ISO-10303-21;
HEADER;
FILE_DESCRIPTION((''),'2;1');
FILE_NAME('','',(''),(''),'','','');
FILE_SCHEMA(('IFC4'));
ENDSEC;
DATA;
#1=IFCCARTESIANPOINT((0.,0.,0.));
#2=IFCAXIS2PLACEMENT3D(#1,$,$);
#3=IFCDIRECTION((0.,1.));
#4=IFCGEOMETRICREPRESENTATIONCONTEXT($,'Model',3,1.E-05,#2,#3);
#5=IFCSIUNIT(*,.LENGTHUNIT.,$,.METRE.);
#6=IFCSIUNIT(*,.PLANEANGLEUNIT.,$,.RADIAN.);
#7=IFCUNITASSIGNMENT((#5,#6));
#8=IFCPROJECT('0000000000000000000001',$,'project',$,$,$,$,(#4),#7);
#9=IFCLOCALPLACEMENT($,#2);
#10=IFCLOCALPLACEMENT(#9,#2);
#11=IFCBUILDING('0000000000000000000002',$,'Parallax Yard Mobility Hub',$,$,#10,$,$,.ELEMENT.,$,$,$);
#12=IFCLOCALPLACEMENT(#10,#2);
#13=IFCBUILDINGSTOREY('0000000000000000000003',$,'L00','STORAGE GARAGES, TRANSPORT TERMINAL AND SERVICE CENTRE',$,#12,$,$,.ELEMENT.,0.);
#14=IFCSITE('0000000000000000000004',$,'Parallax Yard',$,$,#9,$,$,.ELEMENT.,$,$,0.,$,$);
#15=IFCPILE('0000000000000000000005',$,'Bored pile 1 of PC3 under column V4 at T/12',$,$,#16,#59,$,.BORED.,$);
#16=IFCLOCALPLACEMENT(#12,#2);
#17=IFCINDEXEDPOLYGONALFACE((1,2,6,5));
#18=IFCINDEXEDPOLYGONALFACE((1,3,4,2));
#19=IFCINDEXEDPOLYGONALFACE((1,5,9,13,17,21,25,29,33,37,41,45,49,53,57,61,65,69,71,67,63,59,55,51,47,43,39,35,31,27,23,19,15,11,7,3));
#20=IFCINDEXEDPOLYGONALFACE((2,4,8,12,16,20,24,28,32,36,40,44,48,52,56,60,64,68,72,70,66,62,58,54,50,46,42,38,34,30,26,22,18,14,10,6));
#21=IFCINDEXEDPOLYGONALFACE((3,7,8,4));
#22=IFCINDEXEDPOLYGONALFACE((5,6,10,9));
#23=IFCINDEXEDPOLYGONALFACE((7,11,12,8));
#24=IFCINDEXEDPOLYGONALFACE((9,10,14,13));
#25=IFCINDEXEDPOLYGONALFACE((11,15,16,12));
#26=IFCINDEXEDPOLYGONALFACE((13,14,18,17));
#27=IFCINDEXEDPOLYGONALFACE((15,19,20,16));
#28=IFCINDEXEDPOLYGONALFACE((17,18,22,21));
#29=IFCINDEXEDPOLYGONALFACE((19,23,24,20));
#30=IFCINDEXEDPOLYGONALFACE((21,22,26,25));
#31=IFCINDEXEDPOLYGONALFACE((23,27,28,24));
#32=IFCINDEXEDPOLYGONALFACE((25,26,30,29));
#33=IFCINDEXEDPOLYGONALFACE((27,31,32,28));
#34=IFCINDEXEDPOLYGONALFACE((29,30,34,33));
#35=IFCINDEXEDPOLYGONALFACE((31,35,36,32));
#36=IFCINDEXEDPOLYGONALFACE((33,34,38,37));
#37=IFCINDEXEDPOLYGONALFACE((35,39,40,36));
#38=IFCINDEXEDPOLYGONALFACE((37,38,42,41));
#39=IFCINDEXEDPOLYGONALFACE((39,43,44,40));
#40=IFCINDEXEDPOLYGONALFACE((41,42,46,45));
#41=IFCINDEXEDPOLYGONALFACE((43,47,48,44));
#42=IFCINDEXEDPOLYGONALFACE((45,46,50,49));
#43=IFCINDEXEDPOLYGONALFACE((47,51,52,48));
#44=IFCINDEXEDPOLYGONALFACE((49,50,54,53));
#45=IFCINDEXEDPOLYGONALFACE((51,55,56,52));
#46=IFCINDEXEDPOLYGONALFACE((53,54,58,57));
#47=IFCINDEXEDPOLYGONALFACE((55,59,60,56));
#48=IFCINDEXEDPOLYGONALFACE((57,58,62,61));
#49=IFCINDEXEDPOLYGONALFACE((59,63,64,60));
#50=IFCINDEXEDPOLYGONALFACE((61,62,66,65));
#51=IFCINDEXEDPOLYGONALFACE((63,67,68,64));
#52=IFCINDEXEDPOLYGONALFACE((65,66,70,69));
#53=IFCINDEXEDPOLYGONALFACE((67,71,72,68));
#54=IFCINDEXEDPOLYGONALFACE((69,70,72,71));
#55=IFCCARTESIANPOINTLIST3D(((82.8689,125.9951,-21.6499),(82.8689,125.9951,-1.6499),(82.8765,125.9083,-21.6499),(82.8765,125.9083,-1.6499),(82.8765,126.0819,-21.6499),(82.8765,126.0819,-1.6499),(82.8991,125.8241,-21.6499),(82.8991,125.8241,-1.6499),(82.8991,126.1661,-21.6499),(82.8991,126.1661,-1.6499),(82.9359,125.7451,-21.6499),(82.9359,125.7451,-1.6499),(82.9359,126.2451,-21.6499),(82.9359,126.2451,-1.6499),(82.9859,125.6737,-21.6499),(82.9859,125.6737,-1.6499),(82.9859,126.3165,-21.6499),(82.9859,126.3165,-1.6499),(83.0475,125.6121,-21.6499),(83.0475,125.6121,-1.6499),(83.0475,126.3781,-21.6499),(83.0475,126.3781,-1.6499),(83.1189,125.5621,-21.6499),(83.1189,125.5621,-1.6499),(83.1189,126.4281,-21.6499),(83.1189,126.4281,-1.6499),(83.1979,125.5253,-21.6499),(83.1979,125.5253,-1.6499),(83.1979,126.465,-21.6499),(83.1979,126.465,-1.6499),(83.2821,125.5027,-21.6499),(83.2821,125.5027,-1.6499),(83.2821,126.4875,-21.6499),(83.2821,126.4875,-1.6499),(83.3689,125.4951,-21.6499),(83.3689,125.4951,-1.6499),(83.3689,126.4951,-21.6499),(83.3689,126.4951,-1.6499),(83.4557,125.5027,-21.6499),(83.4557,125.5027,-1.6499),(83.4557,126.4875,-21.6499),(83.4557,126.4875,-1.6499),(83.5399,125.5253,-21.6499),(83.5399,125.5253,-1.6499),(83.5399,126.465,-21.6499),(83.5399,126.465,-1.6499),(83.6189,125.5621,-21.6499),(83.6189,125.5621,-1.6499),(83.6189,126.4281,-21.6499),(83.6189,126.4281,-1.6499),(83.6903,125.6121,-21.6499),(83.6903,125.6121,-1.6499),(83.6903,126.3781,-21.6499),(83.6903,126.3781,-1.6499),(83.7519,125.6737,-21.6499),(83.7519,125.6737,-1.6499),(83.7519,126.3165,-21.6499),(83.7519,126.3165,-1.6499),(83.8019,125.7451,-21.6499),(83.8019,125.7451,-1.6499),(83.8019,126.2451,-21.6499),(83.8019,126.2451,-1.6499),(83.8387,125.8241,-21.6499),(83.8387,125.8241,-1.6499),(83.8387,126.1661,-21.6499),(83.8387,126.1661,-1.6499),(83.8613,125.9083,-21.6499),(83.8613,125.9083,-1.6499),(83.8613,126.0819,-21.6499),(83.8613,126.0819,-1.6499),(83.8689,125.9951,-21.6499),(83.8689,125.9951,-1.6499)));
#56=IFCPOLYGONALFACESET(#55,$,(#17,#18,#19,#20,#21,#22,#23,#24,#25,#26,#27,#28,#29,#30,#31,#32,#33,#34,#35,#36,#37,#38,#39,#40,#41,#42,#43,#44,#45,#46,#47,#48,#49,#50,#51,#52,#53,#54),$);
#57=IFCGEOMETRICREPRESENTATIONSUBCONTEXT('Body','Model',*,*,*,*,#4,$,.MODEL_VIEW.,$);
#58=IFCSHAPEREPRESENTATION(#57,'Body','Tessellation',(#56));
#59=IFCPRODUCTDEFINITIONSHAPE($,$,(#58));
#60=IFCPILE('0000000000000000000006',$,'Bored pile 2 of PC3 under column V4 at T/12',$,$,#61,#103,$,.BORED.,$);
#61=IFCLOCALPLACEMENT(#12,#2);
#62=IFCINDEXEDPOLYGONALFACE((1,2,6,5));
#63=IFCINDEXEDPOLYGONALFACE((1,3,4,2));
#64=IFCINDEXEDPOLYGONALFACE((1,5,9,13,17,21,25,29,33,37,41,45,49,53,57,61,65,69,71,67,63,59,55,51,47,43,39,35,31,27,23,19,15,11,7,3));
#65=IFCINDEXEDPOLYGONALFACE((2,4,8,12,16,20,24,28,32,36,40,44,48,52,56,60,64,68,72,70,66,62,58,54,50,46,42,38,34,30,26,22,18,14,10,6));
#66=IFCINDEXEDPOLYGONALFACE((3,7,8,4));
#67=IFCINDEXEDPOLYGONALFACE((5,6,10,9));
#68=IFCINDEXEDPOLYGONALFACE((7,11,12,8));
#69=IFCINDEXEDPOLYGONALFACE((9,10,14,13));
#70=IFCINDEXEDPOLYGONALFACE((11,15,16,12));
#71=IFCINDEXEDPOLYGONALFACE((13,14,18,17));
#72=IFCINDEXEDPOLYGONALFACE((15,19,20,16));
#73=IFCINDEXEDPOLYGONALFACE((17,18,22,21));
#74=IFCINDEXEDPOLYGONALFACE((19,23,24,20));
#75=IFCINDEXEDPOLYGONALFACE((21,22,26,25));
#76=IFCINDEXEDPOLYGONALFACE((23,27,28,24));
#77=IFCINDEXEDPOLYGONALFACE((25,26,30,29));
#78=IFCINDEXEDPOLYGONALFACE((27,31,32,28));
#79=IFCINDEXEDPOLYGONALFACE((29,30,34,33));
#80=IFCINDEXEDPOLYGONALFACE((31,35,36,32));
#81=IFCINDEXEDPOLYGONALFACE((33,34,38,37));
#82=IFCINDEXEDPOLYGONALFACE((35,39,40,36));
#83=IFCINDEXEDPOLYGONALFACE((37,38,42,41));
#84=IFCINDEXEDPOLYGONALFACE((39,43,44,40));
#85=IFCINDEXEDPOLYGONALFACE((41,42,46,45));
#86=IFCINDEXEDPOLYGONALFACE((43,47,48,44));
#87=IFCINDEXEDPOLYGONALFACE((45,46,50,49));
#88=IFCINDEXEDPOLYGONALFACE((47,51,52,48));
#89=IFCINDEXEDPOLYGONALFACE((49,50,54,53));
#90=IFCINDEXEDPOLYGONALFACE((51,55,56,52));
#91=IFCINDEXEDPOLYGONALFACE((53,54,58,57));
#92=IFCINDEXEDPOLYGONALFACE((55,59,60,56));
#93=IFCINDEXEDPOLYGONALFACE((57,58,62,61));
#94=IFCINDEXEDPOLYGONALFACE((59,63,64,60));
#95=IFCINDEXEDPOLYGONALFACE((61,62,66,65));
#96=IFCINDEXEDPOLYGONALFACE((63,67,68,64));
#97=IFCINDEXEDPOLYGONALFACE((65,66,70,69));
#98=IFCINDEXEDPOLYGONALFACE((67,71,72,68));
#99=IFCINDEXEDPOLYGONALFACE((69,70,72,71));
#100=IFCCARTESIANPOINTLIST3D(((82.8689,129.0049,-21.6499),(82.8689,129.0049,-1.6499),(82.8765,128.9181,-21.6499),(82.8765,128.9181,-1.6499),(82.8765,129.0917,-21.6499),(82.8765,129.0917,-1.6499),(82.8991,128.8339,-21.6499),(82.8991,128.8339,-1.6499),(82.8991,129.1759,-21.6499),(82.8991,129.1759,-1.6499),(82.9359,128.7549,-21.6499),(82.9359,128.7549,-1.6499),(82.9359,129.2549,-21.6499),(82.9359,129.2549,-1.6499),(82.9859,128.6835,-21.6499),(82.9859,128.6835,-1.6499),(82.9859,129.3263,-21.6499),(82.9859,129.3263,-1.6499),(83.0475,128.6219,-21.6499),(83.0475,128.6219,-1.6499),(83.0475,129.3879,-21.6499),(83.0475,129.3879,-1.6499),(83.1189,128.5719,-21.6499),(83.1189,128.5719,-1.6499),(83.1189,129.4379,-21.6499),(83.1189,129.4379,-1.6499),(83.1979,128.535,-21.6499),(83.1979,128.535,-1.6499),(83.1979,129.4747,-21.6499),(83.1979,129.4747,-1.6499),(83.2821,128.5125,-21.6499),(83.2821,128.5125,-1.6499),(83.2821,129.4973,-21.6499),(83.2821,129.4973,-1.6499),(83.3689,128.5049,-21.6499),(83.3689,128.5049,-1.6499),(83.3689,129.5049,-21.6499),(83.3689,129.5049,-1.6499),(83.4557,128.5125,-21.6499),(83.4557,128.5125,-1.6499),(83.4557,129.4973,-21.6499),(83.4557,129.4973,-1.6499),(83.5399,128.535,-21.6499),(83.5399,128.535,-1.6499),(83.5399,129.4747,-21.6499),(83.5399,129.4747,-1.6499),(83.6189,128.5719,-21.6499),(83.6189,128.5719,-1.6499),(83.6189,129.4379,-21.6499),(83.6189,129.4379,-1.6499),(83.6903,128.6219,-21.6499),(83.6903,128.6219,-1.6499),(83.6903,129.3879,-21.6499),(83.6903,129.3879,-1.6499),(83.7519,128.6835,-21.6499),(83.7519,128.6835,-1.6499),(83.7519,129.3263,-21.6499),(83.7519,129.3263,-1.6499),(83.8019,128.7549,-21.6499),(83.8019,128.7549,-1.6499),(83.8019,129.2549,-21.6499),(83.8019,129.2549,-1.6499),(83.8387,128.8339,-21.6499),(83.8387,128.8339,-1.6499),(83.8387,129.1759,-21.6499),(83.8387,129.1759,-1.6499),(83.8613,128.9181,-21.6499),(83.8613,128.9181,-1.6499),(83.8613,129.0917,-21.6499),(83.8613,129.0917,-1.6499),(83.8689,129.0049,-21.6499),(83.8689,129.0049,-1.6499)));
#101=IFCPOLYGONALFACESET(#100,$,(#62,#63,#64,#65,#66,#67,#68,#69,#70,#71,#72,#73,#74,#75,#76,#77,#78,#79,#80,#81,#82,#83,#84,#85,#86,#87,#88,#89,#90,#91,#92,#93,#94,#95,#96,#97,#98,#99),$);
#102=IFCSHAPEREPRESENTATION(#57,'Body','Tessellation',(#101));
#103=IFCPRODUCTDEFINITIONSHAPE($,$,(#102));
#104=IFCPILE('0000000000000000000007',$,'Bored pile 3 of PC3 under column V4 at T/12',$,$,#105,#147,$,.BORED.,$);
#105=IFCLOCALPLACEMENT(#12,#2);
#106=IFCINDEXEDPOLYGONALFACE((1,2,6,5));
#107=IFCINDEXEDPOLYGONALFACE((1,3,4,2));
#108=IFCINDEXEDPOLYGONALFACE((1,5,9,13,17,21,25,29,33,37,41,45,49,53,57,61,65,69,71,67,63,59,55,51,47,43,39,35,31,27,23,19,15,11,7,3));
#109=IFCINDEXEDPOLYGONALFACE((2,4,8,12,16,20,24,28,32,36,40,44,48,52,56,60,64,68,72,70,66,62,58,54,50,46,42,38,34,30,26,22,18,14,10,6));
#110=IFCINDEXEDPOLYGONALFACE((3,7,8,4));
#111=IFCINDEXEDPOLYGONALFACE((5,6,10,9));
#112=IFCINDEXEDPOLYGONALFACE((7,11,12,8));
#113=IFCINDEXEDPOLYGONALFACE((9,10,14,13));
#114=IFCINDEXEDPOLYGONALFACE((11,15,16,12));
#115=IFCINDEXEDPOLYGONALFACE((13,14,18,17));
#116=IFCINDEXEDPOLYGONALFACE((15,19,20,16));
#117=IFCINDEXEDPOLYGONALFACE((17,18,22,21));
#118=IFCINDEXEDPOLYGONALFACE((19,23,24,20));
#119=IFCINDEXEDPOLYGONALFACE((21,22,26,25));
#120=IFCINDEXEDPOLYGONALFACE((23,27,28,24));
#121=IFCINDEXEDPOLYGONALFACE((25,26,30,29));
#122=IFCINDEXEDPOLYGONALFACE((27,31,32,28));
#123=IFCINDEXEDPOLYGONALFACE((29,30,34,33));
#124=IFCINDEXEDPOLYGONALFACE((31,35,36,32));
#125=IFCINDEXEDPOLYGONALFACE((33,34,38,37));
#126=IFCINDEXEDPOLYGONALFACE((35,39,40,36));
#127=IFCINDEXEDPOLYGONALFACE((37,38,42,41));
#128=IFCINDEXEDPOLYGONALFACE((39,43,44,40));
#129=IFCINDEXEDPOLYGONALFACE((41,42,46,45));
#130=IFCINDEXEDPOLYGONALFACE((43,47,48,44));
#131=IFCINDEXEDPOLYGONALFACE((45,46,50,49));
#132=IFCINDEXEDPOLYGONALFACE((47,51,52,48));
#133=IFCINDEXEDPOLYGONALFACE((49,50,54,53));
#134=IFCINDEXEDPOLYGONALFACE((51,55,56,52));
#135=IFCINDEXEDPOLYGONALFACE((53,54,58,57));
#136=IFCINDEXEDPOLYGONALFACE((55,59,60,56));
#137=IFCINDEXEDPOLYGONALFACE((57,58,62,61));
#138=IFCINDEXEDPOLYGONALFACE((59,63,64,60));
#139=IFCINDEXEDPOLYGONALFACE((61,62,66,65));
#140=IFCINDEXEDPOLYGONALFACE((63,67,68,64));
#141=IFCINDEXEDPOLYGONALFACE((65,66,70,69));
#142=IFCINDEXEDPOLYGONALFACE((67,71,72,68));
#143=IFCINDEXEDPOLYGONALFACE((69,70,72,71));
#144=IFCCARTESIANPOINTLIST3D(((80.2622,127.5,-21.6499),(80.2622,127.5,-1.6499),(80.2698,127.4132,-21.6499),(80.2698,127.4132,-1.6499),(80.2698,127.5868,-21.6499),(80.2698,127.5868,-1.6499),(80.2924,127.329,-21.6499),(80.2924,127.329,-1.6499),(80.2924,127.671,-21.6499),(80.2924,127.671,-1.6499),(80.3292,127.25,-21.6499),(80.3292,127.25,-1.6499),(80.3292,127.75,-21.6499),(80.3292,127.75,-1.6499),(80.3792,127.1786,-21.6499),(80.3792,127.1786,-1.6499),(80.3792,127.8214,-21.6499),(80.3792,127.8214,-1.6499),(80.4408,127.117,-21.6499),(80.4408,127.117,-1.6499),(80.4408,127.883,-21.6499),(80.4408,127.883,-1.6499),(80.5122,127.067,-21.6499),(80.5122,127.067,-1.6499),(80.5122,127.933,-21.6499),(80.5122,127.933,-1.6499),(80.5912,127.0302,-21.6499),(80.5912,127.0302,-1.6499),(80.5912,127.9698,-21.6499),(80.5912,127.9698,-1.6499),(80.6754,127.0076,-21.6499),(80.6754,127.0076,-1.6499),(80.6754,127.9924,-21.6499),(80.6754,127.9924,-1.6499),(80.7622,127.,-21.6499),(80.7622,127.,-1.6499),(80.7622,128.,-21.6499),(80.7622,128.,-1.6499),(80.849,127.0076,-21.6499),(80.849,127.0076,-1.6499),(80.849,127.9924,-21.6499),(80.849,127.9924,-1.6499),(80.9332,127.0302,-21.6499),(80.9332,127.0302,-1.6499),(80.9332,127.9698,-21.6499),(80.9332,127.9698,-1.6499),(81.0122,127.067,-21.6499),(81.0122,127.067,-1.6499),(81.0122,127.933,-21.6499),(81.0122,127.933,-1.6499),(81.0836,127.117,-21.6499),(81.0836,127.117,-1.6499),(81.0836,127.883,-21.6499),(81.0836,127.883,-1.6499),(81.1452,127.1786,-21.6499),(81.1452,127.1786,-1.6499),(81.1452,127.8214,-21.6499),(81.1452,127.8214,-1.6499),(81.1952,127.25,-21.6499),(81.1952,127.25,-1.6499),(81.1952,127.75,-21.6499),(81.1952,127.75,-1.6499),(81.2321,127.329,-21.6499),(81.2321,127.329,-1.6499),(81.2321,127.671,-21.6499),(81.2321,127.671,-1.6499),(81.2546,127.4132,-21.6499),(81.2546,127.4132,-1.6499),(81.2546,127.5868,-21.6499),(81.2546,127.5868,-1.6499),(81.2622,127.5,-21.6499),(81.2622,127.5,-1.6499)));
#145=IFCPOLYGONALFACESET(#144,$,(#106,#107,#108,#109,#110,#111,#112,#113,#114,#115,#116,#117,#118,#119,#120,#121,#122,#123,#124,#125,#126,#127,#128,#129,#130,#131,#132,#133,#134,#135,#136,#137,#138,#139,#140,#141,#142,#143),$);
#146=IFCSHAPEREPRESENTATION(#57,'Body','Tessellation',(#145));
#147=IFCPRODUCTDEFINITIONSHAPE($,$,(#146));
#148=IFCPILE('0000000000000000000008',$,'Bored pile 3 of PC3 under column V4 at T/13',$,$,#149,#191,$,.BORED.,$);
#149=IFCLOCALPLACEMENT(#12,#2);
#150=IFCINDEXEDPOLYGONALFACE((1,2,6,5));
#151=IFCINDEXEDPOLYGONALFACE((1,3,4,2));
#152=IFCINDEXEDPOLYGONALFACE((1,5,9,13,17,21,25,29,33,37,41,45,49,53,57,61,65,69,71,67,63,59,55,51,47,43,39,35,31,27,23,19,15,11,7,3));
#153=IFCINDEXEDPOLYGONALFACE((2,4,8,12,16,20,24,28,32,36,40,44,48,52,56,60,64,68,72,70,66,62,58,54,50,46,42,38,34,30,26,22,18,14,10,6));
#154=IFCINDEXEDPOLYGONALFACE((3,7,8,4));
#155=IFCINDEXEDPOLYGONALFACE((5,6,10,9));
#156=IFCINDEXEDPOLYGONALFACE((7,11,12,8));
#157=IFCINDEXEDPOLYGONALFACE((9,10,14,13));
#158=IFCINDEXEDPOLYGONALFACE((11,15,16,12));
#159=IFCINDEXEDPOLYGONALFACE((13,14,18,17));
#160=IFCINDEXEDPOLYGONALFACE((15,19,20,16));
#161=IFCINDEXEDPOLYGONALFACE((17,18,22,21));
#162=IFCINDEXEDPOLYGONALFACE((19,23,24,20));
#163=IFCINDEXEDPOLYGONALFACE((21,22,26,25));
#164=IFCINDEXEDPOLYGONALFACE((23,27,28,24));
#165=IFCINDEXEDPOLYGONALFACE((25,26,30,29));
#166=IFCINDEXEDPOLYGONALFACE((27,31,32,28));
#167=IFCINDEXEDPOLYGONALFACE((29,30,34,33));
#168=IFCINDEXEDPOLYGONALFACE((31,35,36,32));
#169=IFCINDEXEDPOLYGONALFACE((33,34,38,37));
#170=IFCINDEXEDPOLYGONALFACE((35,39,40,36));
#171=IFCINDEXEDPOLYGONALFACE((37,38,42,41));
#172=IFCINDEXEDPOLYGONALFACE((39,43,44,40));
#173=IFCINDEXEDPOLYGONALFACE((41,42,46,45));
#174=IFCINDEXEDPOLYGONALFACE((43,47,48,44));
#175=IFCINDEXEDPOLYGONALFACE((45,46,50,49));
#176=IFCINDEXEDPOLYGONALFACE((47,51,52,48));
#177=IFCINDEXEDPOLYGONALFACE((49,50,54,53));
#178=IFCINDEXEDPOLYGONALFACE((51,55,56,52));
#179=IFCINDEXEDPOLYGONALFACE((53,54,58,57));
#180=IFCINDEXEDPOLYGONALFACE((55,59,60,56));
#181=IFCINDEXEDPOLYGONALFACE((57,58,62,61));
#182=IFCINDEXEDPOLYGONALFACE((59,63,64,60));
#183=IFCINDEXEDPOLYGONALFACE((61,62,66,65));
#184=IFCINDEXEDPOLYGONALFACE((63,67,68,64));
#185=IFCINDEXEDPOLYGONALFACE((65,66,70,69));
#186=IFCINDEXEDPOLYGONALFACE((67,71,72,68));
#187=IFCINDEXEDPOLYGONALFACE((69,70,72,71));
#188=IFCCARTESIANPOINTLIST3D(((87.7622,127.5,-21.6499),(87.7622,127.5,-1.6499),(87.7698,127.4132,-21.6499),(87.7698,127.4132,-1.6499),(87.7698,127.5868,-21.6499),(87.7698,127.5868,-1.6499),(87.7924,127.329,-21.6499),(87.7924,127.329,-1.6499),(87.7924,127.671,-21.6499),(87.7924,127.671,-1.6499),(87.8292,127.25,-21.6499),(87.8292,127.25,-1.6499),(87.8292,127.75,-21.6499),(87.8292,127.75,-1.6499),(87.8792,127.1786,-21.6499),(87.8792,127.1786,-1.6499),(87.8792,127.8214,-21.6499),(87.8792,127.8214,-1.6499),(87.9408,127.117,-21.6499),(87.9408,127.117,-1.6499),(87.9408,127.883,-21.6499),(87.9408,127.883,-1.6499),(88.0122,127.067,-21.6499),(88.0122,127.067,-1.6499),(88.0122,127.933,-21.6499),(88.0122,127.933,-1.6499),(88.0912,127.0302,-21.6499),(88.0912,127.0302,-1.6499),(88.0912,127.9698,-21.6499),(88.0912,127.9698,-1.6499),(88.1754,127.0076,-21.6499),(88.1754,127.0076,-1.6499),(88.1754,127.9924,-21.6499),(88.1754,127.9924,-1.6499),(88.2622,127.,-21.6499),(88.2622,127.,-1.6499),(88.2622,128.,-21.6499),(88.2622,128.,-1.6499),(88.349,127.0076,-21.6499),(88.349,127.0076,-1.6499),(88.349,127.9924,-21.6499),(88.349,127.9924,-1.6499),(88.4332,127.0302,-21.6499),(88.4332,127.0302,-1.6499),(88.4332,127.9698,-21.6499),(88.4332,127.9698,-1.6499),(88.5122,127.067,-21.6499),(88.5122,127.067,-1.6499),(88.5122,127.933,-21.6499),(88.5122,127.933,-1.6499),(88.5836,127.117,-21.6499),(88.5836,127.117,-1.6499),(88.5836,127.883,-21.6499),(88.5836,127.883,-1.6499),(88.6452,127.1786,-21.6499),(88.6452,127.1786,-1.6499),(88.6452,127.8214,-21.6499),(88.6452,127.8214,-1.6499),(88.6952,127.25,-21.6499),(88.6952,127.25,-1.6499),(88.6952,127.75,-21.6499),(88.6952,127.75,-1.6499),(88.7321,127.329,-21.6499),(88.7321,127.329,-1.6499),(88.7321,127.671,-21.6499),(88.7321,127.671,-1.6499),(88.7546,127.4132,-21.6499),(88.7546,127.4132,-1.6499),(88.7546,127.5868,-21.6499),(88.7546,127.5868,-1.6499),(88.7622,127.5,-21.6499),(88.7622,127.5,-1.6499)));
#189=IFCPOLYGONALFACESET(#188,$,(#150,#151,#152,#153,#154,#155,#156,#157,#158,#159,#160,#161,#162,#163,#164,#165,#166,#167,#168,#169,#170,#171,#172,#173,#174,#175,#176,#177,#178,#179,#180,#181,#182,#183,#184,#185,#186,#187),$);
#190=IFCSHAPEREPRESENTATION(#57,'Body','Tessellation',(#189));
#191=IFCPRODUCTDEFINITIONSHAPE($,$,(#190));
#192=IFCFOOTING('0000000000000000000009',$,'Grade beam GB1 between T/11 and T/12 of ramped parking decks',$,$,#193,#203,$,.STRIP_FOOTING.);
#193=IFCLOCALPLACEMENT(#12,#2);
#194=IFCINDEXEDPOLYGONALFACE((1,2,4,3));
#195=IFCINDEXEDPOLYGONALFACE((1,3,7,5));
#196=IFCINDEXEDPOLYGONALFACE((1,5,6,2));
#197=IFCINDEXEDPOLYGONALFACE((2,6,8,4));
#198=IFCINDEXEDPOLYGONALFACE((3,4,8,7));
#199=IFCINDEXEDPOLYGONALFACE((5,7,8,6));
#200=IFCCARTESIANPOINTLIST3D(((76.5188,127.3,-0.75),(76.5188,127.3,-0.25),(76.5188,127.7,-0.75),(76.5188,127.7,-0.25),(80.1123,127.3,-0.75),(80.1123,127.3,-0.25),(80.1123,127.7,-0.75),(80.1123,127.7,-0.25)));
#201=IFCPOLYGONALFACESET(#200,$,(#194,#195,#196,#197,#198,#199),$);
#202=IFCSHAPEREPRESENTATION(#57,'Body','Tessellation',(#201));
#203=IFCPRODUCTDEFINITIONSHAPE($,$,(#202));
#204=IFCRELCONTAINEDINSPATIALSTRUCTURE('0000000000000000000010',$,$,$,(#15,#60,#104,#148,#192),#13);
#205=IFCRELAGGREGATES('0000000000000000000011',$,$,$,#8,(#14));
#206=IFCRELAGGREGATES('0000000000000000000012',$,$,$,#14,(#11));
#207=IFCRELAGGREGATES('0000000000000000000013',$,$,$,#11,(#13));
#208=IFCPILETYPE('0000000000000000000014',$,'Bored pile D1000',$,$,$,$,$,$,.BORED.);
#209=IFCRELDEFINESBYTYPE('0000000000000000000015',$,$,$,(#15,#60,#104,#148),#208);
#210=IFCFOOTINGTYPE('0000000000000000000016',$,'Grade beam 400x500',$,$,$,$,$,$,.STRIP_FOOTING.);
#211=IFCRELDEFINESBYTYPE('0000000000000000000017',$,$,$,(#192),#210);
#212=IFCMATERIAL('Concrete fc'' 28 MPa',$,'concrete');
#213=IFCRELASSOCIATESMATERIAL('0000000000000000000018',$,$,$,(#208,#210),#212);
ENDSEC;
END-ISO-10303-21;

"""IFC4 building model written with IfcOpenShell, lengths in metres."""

from ifc_helpers import new_model, si_unit, direction, frame, origin, origin_2d, place, context, subcontext, project, spatial, rectangle, circle, extrude, material, material_profile, profile_set, type_object, element, save


model = new_model("IFC4")

# Units and contexts
model_context = context("Model", 3, precision=1e-05, world=origin(), true_north=direction((0.0, 1.0)))
body_context = subcontext(model_context, "Body", "Model", "MODEL_VIEW")
ifc_project = project(units=[si_unit("LENGTHUNIT", "METRE"), si_unit("PLANEANGLEUNIT", "RADIAN")], contexts=[model_context])

# Site, building, storey
site_placement = place(None, origin())
site = spatial("IfcSite", under=ifc_project, at=site_placement, Name="Parallax Yard", CompositionType="ELEMENT", RefElevation=0.0)
building_placement = place(site_placement, origin())
building = spatial("IfcBuilding", under=site, at=building_placement, Name="Parallax Yard Mobility Hub", CompositionType="ELEMENT")
storey_placement = place(building_placement, origin())
storey = spatial("IfcBuildingStorey", under=building, at=storey_placement, Name="L00", Description="STORAGE GARAGES, TRANSPORT TERMINAL AND SERVICE CENTRE", CompositionType="ELEMENT", Elevation=0.0)

# Piles
ifc_material_1 = material(Name="Concrete fc' 28 MPa", Category="concrete")
ifc_material_profile_1 = material_profile(ifc_material_1, circle(Radius=0.5, at=origin_2d()), Name="Bored pile D1000")
ifc_profile_set_1 = profile_set([ifc_material_profile_1], Name="Concrete fc' 28 MPa")
pile_type = type_object("IfcPileType", Name="Bored pile D1000", PredefinedType="BORED", material=ifc_profile_set_1)
for number, where, z_axis, x_axis, name in (
    (1, (83.3689, 125.9951, -1.6499), (0.0, 0.0, -1.0), (1.0, 0.0, 0.0), "Bored pile 1 of PC3 under column V4 at T/12"),
    (2, (83.3689, 129.0049, -1.6499), (0.0, 0.0, -1.0), (1.0, 0.0, 0.0), "Bored pile 2 of PC3 under column V4 at T/12"),
    (3, (80.7622, 127.5, -1.6499), (0.0, 0.0, -1.0), (1.0, 0.0, 0.0), "Bored pile 3 of PC3 under column V4 at T/12"),
    (4, (88.2622, 127.5, -1.6499), (0.0, 0.0, -1.0), (1.0, 0.0, 0.0), "Bored pile 3 of PC3 under column V4 at T/13"),
):
    element("IfcPile", number, at=place(storey_placement, frame(where, z_axis=z_axis, x_axis=x_axis)), inside=storey, type_object=pile_type, Name=name, PredefinedType="BORED", context=body_context, shape_type="SweptSolid", body=[
        extrude(circle(Radius=0.5, at=origin_2d()), origin(), (0.0, 0.0, 1.0), 20.0),
    ])

# Footing
ifc_material_profile_2 = material_profile(ifc_material_1, rectangle(XDim=0.3999, YDim=0.5, at=origin_2d()), Name="Grade beam 400x500")
ifc_profile_set_2 = profile_set([ifc_material_profile_2], Name="Concrete fc' 28 MPa")
footing_type_1 = type_object("IfcFootingType", Name="Grade beam 400x500", PredefinedType="STRIP_FOOTING", material=ifc_profile_set_2)
for number, where, z_axis, x_axis, name in (
    (5, (76.5188, 127.5, -0.5), (1.0, 0.0, 0.0), (0.0, 1.0, 0.0), "Grade beam GB1 between T/11 and T/12 of ramped parking decks"),
):
    element("IfcFooting", number, at=place(storey_placement, frame(where, z_axis=z_axis, x_axis=x_axis)), inside=storey, type_object=footing_type_1, Name=name, PredefinedType="STRIP_FOOTING", context=body_context, shape_type="SweptSolid", body=[
        extrude(rectangle(XDim=0.3999, YDim=0.5, at=origin_2d()), origin(), (0.0, 0.0, 1.0), 3.5935),
    ])

save(model, "model.ifc")
